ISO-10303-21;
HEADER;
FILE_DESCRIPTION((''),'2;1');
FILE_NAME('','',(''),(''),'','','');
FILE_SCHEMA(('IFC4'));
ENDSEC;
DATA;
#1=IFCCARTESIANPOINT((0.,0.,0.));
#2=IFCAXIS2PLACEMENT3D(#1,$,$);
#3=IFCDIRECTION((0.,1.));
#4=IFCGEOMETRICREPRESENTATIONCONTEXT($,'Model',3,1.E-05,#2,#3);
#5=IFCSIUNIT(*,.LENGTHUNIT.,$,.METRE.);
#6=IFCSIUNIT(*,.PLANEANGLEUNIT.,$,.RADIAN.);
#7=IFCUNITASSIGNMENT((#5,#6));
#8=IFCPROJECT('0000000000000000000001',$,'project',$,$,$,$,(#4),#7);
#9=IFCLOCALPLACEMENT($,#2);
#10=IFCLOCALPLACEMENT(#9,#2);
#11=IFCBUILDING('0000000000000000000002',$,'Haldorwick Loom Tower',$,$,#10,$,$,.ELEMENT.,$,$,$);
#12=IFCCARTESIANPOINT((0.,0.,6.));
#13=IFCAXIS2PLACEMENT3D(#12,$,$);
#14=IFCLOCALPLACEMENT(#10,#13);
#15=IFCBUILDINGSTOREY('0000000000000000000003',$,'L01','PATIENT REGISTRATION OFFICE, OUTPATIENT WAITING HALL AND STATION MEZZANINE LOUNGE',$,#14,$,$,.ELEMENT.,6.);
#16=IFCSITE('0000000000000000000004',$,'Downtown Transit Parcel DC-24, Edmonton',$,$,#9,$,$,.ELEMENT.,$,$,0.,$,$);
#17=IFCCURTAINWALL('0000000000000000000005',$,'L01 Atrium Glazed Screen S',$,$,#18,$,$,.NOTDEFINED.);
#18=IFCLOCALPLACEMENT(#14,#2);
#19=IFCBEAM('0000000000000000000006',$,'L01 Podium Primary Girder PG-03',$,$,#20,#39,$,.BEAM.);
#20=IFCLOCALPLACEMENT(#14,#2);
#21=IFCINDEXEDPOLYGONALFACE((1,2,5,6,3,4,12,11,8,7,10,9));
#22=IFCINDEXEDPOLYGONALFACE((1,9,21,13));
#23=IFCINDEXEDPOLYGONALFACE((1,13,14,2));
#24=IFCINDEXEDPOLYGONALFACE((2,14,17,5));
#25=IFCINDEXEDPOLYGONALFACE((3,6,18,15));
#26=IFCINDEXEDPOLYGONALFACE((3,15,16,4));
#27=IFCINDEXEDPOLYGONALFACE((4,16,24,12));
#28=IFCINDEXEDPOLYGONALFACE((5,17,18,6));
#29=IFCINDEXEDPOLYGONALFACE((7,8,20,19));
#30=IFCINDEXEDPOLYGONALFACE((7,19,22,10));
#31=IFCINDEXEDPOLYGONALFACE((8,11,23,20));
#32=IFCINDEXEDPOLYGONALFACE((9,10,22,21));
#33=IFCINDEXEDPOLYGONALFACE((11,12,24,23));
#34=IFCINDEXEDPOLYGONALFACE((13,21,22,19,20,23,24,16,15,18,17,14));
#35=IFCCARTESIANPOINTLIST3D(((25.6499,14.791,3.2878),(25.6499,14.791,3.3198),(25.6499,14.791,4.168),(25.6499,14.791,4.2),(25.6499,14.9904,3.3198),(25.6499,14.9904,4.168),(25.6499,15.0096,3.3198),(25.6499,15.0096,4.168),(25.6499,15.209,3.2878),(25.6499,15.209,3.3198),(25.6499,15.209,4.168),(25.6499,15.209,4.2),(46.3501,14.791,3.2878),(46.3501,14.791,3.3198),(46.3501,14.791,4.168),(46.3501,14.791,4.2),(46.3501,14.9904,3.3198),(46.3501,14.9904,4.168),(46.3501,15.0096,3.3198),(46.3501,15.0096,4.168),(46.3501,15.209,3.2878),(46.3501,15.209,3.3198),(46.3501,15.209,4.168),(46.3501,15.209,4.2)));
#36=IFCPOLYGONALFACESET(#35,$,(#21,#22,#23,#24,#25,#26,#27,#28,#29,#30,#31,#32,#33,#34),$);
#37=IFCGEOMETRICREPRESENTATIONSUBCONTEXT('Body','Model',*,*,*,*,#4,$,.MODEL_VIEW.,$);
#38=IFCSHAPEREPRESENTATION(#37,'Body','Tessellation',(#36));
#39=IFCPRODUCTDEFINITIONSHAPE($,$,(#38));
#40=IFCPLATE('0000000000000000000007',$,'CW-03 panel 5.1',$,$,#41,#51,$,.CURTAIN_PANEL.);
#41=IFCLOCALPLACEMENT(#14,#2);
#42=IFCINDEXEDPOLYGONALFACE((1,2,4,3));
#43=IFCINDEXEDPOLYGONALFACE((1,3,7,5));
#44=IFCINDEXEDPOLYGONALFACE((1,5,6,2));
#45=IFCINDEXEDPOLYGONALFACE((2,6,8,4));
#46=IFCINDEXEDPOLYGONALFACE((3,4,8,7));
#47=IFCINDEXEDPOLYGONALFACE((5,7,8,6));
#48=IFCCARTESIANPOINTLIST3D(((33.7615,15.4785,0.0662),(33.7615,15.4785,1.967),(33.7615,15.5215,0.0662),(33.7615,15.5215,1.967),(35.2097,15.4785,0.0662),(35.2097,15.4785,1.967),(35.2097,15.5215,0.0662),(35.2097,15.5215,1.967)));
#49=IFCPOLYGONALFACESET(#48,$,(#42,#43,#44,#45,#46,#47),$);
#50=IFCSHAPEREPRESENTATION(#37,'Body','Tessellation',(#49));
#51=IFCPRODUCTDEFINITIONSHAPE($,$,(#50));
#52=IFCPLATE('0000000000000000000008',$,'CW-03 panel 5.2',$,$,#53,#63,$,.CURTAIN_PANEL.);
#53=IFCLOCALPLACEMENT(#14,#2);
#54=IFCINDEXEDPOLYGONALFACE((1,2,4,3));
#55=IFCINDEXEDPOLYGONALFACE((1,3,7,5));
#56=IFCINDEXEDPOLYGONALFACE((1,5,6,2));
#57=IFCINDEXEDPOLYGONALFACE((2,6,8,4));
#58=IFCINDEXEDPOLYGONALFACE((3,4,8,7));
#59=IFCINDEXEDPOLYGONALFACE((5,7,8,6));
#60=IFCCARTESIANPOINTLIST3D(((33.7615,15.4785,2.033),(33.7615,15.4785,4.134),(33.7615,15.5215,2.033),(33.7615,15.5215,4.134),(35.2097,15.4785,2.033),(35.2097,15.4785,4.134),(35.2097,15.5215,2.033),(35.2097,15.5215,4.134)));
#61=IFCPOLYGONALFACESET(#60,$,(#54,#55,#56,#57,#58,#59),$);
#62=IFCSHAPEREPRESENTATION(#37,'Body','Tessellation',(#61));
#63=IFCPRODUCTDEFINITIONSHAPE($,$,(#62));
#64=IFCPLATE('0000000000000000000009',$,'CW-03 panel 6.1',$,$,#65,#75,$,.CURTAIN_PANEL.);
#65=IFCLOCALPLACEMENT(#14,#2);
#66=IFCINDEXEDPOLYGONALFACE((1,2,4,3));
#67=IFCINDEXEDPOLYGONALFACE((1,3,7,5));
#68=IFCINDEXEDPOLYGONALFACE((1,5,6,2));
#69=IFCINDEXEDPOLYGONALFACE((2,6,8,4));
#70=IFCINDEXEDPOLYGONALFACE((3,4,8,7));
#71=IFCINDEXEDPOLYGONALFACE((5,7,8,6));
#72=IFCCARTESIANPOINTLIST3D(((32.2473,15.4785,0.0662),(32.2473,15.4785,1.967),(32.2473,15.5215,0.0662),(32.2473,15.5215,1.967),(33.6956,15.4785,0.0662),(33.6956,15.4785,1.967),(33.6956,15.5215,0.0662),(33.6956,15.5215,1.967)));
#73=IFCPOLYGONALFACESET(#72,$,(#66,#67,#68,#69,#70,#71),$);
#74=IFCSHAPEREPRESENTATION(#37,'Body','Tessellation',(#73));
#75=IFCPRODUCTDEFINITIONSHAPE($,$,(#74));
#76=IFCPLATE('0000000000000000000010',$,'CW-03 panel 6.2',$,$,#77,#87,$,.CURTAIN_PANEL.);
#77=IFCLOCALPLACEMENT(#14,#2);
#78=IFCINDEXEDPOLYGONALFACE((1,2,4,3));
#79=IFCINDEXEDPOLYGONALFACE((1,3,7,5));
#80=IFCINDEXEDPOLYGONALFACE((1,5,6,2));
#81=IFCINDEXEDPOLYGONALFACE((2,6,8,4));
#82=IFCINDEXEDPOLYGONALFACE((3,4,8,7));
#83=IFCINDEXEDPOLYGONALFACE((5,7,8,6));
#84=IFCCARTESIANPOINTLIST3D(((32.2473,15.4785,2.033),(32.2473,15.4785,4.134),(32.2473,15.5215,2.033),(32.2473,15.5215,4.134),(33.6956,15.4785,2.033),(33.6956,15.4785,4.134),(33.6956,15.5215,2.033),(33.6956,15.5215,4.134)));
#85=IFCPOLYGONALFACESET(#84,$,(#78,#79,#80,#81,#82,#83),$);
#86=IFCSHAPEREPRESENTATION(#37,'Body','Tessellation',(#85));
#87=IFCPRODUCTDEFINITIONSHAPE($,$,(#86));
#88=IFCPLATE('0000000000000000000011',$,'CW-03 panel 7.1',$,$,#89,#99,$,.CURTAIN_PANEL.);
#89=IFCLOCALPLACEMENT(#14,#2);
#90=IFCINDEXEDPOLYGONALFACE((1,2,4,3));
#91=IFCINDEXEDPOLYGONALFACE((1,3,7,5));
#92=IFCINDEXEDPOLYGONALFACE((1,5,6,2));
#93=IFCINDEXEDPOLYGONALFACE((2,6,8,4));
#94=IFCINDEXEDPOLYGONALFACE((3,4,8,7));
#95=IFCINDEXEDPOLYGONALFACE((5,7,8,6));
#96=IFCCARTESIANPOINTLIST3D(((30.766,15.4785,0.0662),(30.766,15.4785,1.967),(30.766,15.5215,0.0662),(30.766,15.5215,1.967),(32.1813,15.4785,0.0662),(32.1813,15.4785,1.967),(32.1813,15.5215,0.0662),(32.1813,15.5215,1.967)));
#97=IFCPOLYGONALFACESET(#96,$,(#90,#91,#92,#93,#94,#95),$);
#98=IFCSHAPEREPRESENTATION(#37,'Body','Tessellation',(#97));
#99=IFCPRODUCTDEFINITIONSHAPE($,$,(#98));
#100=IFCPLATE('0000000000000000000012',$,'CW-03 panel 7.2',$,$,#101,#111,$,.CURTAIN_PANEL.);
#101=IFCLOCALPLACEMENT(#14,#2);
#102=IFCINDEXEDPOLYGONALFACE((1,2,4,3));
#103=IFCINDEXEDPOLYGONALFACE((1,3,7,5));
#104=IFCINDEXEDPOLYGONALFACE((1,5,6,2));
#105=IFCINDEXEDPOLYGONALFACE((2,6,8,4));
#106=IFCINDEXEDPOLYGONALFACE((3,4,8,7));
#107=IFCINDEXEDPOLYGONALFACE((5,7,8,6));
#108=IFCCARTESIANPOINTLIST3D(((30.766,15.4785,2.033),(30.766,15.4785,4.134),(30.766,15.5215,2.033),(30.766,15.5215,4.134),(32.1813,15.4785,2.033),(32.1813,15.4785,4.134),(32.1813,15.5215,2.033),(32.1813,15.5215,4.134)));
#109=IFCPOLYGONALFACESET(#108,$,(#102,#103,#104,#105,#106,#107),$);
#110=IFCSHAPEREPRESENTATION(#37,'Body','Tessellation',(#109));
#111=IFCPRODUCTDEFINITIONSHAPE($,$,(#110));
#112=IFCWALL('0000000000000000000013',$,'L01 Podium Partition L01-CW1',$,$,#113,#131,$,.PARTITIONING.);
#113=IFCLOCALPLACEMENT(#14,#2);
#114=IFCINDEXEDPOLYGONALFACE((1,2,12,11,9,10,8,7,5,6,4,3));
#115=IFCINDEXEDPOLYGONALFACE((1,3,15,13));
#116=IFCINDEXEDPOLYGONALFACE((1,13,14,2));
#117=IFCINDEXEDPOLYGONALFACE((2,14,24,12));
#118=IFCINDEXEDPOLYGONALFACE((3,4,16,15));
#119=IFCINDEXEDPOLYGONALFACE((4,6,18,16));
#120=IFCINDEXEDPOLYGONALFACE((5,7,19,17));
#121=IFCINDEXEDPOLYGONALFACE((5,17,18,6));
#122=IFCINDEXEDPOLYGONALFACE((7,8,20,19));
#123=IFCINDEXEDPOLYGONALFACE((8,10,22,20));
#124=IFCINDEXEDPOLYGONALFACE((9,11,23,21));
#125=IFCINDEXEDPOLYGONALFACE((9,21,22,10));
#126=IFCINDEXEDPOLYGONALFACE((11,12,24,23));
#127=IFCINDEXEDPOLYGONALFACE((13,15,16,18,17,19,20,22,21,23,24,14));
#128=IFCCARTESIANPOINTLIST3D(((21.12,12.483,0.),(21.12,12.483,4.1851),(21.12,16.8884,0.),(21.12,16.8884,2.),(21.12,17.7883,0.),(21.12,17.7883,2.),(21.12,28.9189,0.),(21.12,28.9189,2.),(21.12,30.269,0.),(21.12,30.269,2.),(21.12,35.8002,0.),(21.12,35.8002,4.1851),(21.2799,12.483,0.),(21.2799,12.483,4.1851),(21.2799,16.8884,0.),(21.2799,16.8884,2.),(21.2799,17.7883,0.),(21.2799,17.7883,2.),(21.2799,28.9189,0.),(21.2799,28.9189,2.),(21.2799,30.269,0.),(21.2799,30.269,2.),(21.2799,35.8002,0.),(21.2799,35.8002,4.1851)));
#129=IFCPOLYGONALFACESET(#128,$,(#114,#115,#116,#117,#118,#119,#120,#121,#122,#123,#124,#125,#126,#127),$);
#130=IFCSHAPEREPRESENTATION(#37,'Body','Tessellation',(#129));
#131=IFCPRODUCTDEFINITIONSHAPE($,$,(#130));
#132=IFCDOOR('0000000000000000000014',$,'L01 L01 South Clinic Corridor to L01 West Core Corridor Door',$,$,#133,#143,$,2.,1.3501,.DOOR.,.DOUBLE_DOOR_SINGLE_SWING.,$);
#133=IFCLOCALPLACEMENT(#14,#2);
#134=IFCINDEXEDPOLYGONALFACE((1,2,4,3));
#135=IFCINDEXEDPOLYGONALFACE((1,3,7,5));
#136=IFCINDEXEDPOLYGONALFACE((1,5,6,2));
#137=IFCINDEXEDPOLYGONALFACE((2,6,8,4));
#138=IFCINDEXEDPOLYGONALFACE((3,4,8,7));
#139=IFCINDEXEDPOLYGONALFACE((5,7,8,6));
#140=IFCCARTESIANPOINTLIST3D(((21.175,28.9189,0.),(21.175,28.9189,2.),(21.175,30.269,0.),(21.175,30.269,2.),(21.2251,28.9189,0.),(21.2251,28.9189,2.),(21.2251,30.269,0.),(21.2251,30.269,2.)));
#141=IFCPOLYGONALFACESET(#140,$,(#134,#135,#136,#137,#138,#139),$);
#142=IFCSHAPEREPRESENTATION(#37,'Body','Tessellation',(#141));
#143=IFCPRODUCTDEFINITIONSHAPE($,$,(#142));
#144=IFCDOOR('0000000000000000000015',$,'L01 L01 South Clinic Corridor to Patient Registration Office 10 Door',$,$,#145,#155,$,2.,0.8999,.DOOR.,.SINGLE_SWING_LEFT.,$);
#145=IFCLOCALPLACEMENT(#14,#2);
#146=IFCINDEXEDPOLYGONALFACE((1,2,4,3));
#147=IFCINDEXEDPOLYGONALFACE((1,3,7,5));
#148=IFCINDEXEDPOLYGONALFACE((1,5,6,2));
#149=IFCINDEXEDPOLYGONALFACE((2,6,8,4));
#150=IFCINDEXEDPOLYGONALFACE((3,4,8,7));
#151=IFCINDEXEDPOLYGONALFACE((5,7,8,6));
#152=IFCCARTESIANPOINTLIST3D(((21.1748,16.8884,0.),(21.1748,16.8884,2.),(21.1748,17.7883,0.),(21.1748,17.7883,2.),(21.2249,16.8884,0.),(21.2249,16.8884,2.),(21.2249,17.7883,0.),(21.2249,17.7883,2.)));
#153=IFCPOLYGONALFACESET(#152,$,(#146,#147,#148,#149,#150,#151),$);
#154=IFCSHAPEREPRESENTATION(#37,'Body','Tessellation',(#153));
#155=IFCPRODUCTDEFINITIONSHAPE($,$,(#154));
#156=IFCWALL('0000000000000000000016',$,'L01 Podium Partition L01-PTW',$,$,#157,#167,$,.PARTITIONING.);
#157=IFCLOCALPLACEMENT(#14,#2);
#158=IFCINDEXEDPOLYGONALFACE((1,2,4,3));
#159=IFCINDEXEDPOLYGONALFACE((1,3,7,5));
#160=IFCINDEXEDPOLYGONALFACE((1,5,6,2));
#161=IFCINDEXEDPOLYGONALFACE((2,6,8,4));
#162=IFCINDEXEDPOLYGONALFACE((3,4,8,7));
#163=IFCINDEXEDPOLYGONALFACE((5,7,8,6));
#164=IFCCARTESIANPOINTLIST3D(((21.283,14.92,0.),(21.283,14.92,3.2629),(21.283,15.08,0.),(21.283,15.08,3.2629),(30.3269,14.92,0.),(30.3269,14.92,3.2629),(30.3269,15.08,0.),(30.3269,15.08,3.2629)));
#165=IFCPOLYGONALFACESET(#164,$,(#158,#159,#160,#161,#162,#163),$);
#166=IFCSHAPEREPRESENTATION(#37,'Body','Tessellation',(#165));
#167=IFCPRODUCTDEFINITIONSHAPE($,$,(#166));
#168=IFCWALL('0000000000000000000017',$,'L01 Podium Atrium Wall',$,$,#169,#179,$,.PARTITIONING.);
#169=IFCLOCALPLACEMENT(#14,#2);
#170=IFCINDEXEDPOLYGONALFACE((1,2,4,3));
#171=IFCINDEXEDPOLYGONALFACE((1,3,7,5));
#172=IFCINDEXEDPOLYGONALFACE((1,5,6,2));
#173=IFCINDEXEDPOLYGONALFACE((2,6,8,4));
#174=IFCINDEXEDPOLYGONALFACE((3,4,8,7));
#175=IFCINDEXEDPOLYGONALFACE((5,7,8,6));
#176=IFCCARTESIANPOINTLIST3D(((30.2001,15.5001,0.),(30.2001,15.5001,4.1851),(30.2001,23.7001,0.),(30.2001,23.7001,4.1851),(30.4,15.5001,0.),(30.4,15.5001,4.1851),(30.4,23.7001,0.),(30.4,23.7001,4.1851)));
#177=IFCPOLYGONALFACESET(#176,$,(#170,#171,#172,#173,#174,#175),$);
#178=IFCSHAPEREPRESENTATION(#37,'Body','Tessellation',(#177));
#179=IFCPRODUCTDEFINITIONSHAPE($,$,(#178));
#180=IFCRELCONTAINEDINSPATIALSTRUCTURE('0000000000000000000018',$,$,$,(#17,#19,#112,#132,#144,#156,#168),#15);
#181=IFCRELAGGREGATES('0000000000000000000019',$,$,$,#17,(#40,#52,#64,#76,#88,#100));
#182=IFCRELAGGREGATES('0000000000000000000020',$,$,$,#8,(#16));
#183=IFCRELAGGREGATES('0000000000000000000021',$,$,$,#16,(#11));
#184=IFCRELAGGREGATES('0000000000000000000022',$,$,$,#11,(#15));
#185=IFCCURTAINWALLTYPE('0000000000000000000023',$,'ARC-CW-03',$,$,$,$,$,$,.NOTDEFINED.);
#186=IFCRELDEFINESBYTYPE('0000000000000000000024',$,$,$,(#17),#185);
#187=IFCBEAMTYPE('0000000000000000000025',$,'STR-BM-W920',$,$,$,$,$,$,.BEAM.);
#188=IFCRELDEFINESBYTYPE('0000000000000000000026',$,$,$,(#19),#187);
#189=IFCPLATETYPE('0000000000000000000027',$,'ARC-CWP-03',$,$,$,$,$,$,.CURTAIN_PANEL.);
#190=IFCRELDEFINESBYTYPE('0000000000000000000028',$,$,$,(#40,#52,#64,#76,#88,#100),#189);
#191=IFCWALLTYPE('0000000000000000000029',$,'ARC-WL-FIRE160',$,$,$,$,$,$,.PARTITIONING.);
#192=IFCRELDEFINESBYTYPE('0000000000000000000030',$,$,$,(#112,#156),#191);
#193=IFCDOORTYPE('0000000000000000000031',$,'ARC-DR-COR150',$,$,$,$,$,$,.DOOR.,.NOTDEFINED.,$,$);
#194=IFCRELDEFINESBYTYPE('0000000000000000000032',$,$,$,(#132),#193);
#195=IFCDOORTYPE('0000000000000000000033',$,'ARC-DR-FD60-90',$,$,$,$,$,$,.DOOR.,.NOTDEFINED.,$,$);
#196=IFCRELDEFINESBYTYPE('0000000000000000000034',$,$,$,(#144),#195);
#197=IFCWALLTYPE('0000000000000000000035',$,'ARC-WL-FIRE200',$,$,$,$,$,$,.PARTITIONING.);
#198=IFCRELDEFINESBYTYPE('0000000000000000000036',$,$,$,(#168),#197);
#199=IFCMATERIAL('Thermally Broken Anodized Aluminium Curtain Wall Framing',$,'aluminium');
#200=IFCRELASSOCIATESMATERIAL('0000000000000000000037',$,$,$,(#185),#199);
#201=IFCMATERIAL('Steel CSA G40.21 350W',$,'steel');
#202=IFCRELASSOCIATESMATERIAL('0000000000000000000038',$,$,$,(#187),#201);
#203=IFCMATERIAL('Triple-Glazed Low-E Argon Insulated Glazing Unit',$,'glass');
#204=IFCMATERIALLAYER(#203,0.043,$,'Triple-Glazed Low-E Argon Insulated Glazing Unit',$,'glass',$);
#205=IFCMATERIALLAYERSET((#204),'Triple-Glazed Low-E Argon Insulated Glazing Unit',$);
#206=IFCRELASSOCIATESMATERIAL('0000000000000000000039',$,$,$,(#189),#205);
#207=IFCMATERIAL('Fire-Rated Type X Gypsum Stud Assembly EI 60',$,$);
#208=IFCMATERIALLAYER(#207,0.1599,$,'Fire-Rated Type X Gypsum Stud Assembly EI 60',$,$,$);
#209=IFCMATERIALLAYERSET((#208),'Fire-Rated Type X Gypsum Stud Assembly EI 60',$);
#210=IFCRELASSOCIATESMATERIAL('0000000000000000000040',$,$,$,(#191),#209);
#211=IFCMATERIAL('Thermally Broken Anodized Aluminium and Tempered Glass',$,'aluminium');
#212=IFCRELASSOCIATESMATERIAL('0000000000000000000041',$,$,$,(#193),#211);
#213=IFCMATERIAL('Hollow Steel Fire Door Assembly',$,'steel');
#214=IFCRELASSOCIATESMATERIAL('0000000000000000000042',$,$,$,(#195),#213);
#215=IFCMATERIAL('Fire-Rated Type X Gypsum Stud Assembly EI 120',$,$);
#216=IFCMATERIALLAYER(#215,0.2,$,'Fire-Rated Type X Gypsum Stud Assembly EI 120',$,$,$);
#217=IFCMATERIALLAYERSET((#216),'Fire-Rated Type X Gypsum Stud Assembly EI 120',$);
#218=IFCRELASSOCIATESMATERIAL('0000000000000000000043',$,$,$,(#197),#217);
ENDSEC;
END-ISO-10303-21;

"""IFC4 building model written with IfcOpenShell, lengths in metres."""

from ifc_helpers import new_model, si_unit, direction, frame, frame_2d, origin, origin_2d, place, context, subcontext, project, spatial, rectangle, i_section, extrude, material, layer, layer_set, material_profile, profile_set, type_object, element, fill, aggregate, save


model = new_model("IFC4")

# Units and contexts
model_context = context("Model", 3, precision=1e-05, world=origin(), true_north=direction((0.0, 1.0)))
body_context = subcontext(model_context, "Body", "Model", "MODEL_VIEW")
ifc_project = project(units=[si_unit("LENGTHUNIT", "METRE"), si_unit("PLANEANGLEUNIT", "RADIAN")], contexts=[model_context])

# Site, building, storey
site_placement = place(None, origin())
site = spatial("IfcSite", under=ifc_project, at=site_placement, Name="Downtown Transit Parcel DC-24, Edmonton", CompositionType="ELEMENT", RefElevation=0.0)
building_placement = place(site_placement, origin())
building = spatial("IfcBuilding", under=site, at=building_placement, Name="Haldorwick Loom Tower", CompositionType="ELEMENT")
storey_placement = place(building_placement, frame((0.0, 0.0, 6.0)))
storey = spatial("IfcBuildingStorey", under=building, at=storey_placement, Name="L01", Description="PATIENT REGISTRATION OFFICE, OUTPATIENT WAITING HALL AND STATION MEZZANINE LOUNGE", CompositionType="ELEMENT", Elevation=6.0)

# Curtain wall
ifc_material_1 = material(Name="Thermally Broken Anodized Aluminium Curtain Wall Framing", Category="aluminium")
curtain_wall_type = type_object("IfcCurtainWallType", Name="ARC-CW-03", PredefinedType="NOTDEFINED", material=ifc_material_1)
curtain_wall_1_placement = place(storey_placement, origin())
curtain_wall_1 = element("IfcCurtainWall", 1, at=curtain_wall_1_placement, inside=storey, type_object=curtain_wall_type, Name="L01 Atrium Glazed Screen S", PredefinedType="NOTDEFINED")

# Beam
ifc_material_2 = material(Name="Steel CSA G40.21 350W", Category="steel")
ifc_material_profile_1 = material_profile(ifc_material_2, i_section(OverallWidth=0.418, OverallDepth=0.9121, WebThickness=0.0193, FlangeThickness=0.032, at=origin_2d()), Name="W920X342", Category="steel")
ifc_profile_set_1 = profile_set([ifc_material_profile_1], Name="Steel CSA G40.21 350W")
beam_type_1 = type_object("IfcBeamType", Name="STR-BM-W920", PredefinedType="BEAM", material=ifc_profile_set_1)
beam_1_placement = place(storey_placement, frame((25.6499, 15.0, 3.7439), z_axis=(1.0, 0.0, 0.0), x_axis=(0.0, 1.0, 0.0)))
element("IfcBeam", 2, at=beam_1_placement, inside=storey, type_object=beam_type_1, Name="L01 Podium Primary Girder PG-03", PredefinedType="BEAM", context=body_context, shape_type="SweptSolid", body=[
    extrude(i_section(OverallWidth=0.418, OverallDepth=0.9121, WebThickness=0.0193, FlangeThickness=0.032, at=origin_2d()), origin(), (0.0, 0.0, 1.0), 20.7002),
])

# Plates
ifc_material_3 = material(Name="Triple-Glazed Low-E Argon Insulated Glazing Unit", Category="glass")
ifc_layer_1 = layer(ifc_material_3, 0.043, Name="Triple-Glazed Low-E Argon Insulated Glazing Unit", Category="glass")
ifc_layer_set_1 = layer_set([ifc_layer_1], Name="Triple-Glazed Low-E Argon Insulated Glazing Unit")
plate_type = type_object("IfcPlateType", Name="ARC-CWP-03", PredefinedType="CURTAIN_PANEL", material=ifc_layer_set_1)
plate_1_placement = place(storey_placement, frame((34.4856, 15.5, 0.0662), z_axis=(0.0, 0.0, 1.0), x_axis=(-1.0, 0.0, 0.0)))
plate_1 = element("IfcPlate", 3, at=plate_1_placement, type_object=plate_type, Name="CW-03 panel 5.1", PredefinedType="CURTAIN_PANEL", context=body_context, shape_type="SweptSolid", body=[
    extrude(rectangle(XDim=1.4482, YDim=0.043, at=origin_2d()), origin(), (0.0, 0.0, 1.0), 1.9009),
])
plate_2_placement = place(storey_placement, frame((34.4856, 15.5, 2.033), z_axis=(0.0, 0.0, 1.0), x_axis=(-1.0, 0.0, 0.0)))
plate_2 = element("IfcPlate", 4, at=plate_2_placement, type_object=plate_type, Name="CW-03 panel 5.2", PredefinedType="CURTAIN_PANEL", context=body_context, shape_type="SweptSolid", body=[
    extrude(rectangle(XDim=1.4482, YDim=0.043, at=origin_2d()), origin(), (0.0, 0.0, 1.0), 2.1011),
])
plate_3_placement = place(storey_placement, frame((32.9714, 15.5, 0.0662), z_axis=(0.0, 0.0, 1.0), x_axis=(-1.0, 0.0, 0.0)))
plate_3 = element("IfcPlate", 5, at=plate_3_placement, type_object=plate_type, Name="CW-03 panel 6.1", PredefinedType="CURTAIN_PANEL", context=body_context, shape_type="SweptSolid", body=[
    extrude(rectangle(XDim=1.4482, YDim=0.043, at=origin_2d()), origin(), (0.0, 0.0, 1.0), 1.9009),
])
plate_4_placement = place(storey_placement, frame((32.9714, 15.5, 2.033), z_axis=(0.0, 0.0, 1.0), x_axis=(-1.0, 0.0, 0.0)))
plate_4 = element("IfcPlate", 6, at=plate_4_placement, type_object=plate_type, Name="CW-03 panel 6.2", PredefinedType="CURTAIN_PANEL", context=body_context, shape_type="SweptSolid", body=[
    extrude(rectangle(XDim=1.4482, YDim=0.043, at=origin_2d()), origin(), (0.0, 0.0, 1.0), 2.1011),
])
plate_5_placement = place(storey_placement, frame((31.4736, 15.5, 0.0662), z_axis=(0.0, 0.0, 1.0), x_axis=(-1.0, 0.0, 0.0)))
plate_5 = element("IfcPlate", 7, at=plate_5_placement, type_object=plate_type, Name="CW-03 panel 7.1", PredefinedType="CURTAIN_PANEL", context=body_context, shape_type="SweptSolid", body=[
    extrude(rectangle(XDim=1.4153, YDim=0.043, at=origin_2d()), origin(), (0.0, 0.0, 1.0), 1.9009),
])
plate_6_placement = place(storey_placement, frame((31.4736, 15.5, 2.033), z_axis=(0.0, 0.0, 1.0), x_axis=(-1.0, 0.0, 0.0)))
plate_6 = element("IfcPlate", 8, at=plate_6_placement, type_object=plate_type, Name="CW-03 panel 7.2", PredefinedType="CURTAIN_PANEL", context=body_context, shape_type="SweptSolid", body=[
    extrude(rectangle(XDim=1.4153, YDim=0.043, at=origin_2d()), origin(), (0.0, 0.0, 1.0), 2.1011),
])
aggregate(curtain_wall_1, [plate_1, plate_2, plate_3, plate_4, plate_5, plate_6])

# Wall, openings, doors
ifc_material_4 = material(Name="Fire-Rated Type X Gypsum Stud Assembly EI 60")
ifc_layer_2 = layer(ifc_material_4, 0.1599, Name="Fire-Rated Type X Gypsum Stud Assembly EI 60")
ifc_layer_set_2 = layer_set([ifc_layer_2], Name="Fire-Rated Type X Gypsum Stud Assembly EI 60")
wall_type_1 = type_object("IfcWallType", Name="ARC-WL-FIRE160", PredefinedType="PARTITIONING", material=ifc_layer_set_2)
wall_1_placement = place(storey_placement, frame((21.2, 12.4829, 0.0), z_axis=(0.0, 0.0, 1.0), x_axis=(0.0, 1.0, 0.0)))
wall_1 = element("IfcWall", 9, at=wall_1_placement, inside=storey, type_object=wall_type_1, Name="L01 Podium Partition L01-CW1", PredefinedType="PARTITIONING", context=body_context, shape_type="SweptSolid", body=[
    extrude(rectangle(XDim=23.3171, YDim=0.1599, at=frame_2d((11.6587, 0.0))), origin(), (0.0, 0.0, 1.0), 4.1851),
])
opening_1_placement = place(wall_1_placement, frame((16.436, 0.0, 0.0)))
opening_1 = element("IfcOpeningElement", 10, at=opening_1_placement, cuts=wall_1, PredefinedType="OPENING", context=body_context, shape_type="SweptSolid", body=[
    extrude(rectangle(XDim=1.3501, YDim=2.0, at=frame_2d((0.675, 1.0))), frame((0.0, 0.0898, 0.0), z_axis=(0.0, -1.0, 0.0), x_axis=(1.0, 0.0, 0.0)), (0.0, 0.0, 1.0), 0.1799),
])
opening_2_placement = place(wall_1_placement, frame((4.4055, 0.0, 0.0)))
opening_2 = element("IfcOpeningElement", 11, at=opening_2_placement, cuts=wall_1, PredefinedType="OPENING", context=body_context, shape_type="SweptSolid", body=[
    extrude(rectangle(XDim=0.8999, YDim=2.0, at=frame_2d((0.45, 1.0))), frame((0.0, 0.0898, 0.0), z_axis=(0.0, -1.0, 0.0), x_axis=(1.0, 0.0, 0.0)), (0.0, 0.0, 1.0), 0.1799),
])
ifc_material_5 = material(Name="Thermally Broken Anodized Aluminium and Tempered Glass", Category="aluminium")
door_type_1 = type_object("IfcDoorType", Name="ARC-DR-COR150", OperationType="NOTDEFINED", PredefinedType="DOOR", material=ifc_material_5)
door_1_placement = place(opening_1_placement, origin())
door_1 = element("IfcDoor", 12, at=door_1_placement, inside=storey, type_object=door_type_1, Name="L01 L01 South Clinic Corridor to L01 West Core Corridor Door", OperationType="DOUBLE_DOOR_SINGLE_SWING", OverallHeight=2.0, OverallWidth=1.3501, PredefinedType="DOOR", context=body_context, shape_type="SweptSolid", body=[
    extrude(rectangle(XDim=1.3501, YDim=2.0, at=frame_2d((0.675, 1.0))), frame((0.0, 0.0249, 0.0), z_axis=(0.0, -1.0, 0.0), x_axis=(1.0, 0.0, 0.0)), (0.0, 0.0, 1.0), 0.05),
])
fill(opening_1, door_1)
ifc_material_6 = material(Name="Hollow Steel Fire Door Assembly", Category="steel")
door_type_2 = type_object("IfcDoorType", Name="ARC-DR-FD60-90", OperationType="NOTDEFINED", PredefinedType="DOOR", material=ifc_material_6)
door_2_placement = place(opening_2_placement, frame((0.8999, 0.0, 0.0), z_axis=(0.0, 0.0, 1.0), x_axis=(-1.0, 0.0, 0.0)))
door_2 = element("IfcDoor", 13, at=door_2_placement, inside=storey, type_object=door_type_2, Name="L01 L01 South Clinic Corridor to Patient Registration Office 10 Door", OperationType="SINGLE_SWING_LEFT", OverallHeight=2.0, OverallWidth=0.8999, PredefinedType="DOOR", context=body_context, shape_type="SweptSolid", body=[
    extrude(rectangle(XDim=0.8999, YDim=2.0, at=frame_2d((0.45, 1.0))), frame((0.0, 0.0249, 0.0), z_axis=(0.0, -1.0, 0.0), x_axis=(1.0, 0.0, 0.0)), (0.0, 0.0, 1.0), 0.05),
])
fill(opening_2, door_2)

# Walls
wall_2_placement = place(storey_placement, frame((21.283, 15.0, 0.0), z_axis=(0.0, 0.0, 1.0), x_axis=(1.0, 0.0, 0.0)))
element("IfcWall", 14, at=wall_2_placement, inside=storey, type_object=wall_type_1, Name="L01 Podium Partition L01-PTW", PredefinedType="PARTITIONING", context=body_context, shape_type="SweptSolid", body=[
    extrude(rectangle(XDim=9.0439, YDim=0.1599, at=frame_2d((4.522, 0.0))), origin(), (0.0, 0.0, 1.0), 3.2629),
])
ifc_material_7 = material(Name="Fire-Rated Type X Gypsum Stud Assembly EI 120")
ifc_layer_3 = layer(ifc_material_7, 0.2, Name="Fire-Rated Type X Gypsum Stud Assembly EI 120")
ifc_layer_set_3 = layer_set([ifc_layer_3], Name="Fire-Rated Type X Gypsum Stud Assembly EI 120")
wall_type_2 = type_object("IfcWallType", Name="ARC-WL-FIRE200", PredefinedType="PARTITIONING", material=ifc_layer_set_3)
wall_3_placement = place(storey_placement, frame((30.3, 15.5, 0.0), z_axis=(0.0, 0.0, 1.0), x_axis=(0.0, 1.0, 0.0)))
element("IfcWall", 15, at=wall_3_placement, inside=storey, type_object=wall_type_2, Name="L01 Podium Atrium Wall", PredefinedType="PARTITIONING", context=body_context, shape_type="SweptSolid", body=[
    extrude(rectangle(XDim=8.2, YDim=0.2, at=frame_2d((4.1001, 0.0))), origin(), (0.0, 0.0, 1.0), 4.1851),
])

save(model, "model.ifc")
